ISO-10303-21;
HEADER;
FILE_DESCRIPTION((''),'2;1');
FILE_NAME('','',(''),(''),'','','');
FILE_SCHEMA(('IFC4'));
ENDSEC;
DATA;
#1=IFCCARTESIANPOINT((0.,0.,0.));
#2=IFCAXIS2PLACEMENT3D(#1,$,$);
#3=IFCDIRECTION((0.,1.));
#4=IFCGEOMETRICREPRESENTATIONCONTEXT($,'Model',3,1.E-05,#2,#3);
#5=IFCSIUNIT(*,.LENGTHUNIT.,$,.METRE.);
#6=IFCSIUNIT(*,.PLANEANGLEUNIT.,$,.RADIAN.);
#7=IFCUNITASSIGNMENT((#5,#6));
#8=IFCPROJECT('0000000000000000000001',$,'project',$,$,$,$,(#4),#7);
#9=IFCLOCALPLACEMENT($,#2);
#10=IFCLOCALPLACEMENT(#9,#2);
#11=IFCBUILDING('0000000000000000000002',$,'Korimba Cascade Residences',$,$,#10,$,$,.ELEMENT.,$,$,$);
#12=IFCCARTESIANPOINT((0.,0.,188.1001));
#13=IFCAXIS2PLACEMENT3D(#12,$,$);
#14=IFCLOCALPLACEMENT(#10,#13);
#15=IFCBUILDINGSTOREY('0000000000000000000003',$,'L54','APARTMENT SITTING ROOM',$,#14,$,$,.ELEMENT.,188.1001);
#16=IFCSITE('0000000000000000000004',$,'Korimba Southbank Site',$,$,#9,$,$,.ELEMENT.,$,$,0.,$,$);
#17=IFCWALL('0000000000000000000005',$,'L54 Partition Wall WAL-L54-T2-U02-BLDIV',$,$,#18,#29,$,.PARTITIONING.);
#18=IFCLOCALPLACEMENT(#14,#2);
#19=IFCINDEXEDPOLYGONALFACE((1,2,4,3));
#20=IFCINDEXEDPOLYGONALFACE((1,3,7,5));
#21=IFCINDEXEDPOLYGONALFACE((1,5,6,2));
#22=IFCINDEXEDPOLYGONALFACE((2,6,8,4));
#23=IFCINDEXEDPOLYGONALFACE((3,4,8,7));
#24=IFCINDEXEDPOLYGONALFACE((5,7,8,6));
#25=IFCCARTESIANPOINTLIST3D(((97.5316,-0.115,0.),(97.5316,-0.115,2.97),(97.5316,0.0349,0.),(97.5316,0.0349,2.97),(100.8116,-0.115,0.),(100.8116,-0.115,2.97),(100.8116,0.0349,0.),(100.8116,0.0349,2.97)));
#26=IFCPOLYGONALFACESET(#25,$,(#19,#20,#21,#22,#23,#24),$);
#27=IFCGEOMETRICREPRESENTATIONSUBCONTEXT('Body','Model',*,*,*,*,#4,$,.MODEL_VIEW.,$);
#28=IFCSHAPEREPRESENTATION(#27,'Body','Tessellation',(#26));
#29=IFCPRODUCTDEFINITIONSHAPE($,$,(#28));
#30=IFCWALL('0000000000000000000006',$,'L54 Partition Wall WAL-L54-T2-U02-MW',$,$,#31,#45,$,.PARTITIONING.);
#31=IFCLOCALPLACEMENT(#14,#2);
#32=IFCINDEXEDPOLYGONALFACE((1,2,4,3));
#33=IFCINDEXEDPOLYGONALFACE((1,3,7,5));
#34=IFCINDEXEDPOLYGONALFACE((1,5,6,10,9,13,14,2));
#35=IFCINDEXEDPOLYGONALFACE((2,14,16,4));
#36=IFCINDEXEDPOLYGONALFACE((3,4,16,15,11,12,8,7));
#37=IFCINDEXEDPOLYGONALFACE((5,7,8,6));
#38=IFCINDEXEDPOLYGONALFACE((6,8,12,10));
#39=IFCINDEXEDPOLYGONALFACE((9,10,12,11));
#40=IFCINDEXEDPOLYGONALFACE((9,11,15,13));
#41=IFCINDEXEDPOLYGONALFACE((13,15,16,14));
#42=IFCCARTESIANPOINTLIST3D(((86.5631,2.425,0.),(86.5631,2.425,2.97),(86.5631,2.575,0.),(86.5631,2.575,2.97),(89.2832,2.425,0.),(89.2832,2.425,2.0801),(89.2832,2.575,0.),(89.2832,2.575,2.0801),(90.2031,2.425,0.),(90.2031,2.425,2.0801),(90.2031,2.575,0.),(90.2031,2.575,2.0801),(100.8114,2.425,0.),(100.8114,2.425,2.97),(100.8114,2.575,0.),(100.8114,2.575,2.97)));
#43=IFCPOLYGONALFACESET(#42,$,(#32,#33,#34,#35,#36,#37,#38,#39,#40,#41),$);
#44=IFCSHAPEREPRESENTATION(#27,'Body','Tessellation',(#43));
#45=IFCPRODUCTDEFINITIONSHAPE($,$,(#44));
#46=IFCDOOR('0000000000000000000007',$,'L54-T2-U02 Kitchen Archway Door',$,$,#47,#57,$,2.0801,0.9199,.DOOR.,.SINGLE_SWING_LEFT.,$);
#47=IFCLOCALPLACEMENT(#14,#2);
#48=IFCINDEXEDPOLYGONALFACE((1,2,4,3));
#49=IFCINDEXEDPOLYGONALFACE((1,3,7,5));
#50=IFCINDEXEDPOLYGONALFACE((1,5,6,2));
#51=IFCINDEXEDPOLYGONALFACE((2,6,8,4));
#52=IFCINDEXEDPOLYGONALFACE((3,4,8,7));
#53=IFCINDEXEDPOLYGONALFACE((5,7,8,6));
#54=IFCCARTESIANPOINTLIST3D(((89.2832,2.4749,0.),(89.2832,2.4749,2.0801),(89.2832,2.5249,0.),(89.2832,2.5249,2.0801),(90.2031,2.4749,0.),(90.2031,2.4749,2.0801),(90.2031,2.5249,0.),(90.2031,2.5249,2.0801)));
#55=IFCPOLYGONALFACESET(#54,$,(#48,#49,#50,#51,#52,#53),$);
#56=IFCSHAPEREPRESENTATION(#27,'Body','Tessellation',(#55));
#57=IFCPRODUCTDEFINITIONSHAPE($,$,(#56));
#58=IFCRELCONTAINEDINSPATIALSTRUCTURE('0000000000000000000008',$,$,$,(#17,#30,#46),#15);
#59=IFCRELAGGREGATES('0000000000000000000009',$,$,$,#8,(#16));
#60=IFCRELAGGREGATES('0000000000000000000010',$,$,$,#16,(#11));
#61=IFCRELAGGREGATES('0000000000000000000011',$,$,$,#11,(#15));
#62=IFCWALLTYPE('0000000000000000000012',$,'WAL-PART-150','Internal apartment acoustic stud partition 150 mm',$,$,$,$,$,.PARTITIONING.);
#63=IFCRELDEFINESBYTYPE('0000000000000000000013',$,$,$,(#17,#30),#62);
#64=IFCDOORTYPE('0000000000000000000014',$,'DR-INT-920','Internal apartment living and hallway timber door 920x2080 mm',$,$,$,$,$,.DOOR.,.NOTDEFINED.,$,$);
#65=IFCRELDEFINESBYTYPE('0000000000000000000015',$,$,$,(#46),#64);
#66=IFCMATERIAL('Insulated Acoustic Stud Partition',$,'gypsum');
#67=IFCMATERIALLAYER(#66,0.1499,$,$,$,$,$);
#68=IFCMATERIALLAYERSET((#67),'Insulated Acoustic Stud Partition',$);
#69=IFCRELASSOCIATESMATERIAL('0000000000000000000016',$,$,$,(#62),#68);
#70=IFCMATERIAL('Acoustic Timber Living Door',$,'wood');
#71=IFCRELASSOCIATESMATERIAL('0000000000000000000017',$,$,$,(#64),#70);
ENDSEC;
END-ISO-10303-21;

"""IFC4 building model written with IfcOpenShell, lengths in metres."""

from ifc_helpers import new_model, si_unit, direction, frame, frame_2d, origin, place, context, subcontext, project, spatial, rectangle, extrude, material, layer, layer_set, type_object, element, fill, save


model = new_model("IFC4")

# Units and contexts
model_context = context("Model", 3, precision=1e-05, world=origin(), true_north=direction((0.0, 1.0)))
body_context = subcontext(model_context, "Body", "Model", "MODEL_VIEW")
ifc_project = project(units=[si_unit("LENGTHUNIT", "METRE"), si_unit("PLANEANGLEUNIT", "RADIAN")], contexts=[model_context])

# Site, building, storey
site_placement = place(None, origin())
site = spatial("IfcSite", under=ifc_project, at=site_placement, Name="Korimba Southbank Site", CompositionType="ELEMENT", RefElevation=0.0)
building_placement = place(site_placement, origin())
building = spatial("IfcBuilding", under=site, at=building_placement, Name="Korimba Cascade Residences", CompositionType="ELEMENT")
storey_placement = place(building_placement, frame((0.0, 0.0, 188.1001)))
storey = spatial("IfcBuildingStorey", under=building, at=storey_placement, Name="L54", Description="APARTMENT SITTING ROOM", CompositionType="ELEMENT", Elevation=188.1001)

# Shared definitions
ifc_material_1 = material(Name="Insulated Acoustic Stud Partition", Category="gypsum")
ifc_layer = layer(ifc_material_1, 0.1499)
ifc_layer_set = layer_set([ifc_layer], Name="Insulated Acoustic Stud Partition")
wall_type = type_object("IfcWallType", Name="WAL-PART-150", Description="Internal apartment acoustic stud partition 150 mm", PredefinedType="PARTITIONING", material=ifc_layer_set)

# Wall
wall_1_placement = place(storey_placement, frame((97.5315, -0.04, 0.0), z_axis=(0.0, 0.0, 1.0), x_axis=(1.0, 0.0, 0.0)))
element("IfcWall", 1, at=wall_1_placement, inside=storey, type_object=wall_type, Name="L54 Partition Wall WAL-L54-T2-U02-BLDIV", PredefinedType="PARTITIONING", context=body_context, shape_type="SweptSolid", body=[
    extrude(rectangle(XDim=3.28, YDim=0.1499, at=frame_2d((1.6401, 0.0))), origin(), (0.0, 0.0, 1.0), 2.97),
])

# Wall, opening, door
wall_2_placement = place(storey_placement, frame((86.5632, 2.5, 0.0), z_axis=(0.0, 0.0, 1.0), x_axis=(1.0, 0.0, 0.0)))
wall_2 = element("IfcWall", 2, at=wall_2_placement, inside=storey, type_object=wall_type, Name="L54 Partition Wall WAL-L54-T2-U02-MW", PredefinedType="PARTITIONING", context=body_context, shape_type="SweptSolid", body=[
    extrude(rectangle(XDim=14.2483, YDim=0.1499, at=frame_2d((7.124, 0.0))), origin(), (0.0, 0.0, 1.0), 2.97),
])
opening_1_placement = place(wall_2_placement, frame((2.72, 0.0, 0.0)))
opening_1 = element("IfcOpeningElement", 3, at=opening_1_placement, cuts=wall_2, PredefinedType="OPENING", context=body_context, shape_type="SweptSolid", body=[
    extrude(rectangle(XDim=0.9199, YDim=2.0801, at=frame_2d((0.46, 1.04))), frame((0.0, 0.085, 0.0), z_axis=(0.0, -1.0, 0.0), x_axis=(1.0, 0.0, 0.0)), (0.0, 0.0, 1.0), 0.1699),
])
ifc_material_2 = material(Name="Acoustic Timber Living Door", Category="wood")
door_type_1 = type_object("IfcDoorType", Name="DR-INT-920", Description="Internal apartment living and hallway timber door 920x2080 mm", OperationType="NOTDEFINED", PredefinedType="DOOR", material=ifc_material_2)
door_1_placement = place(opening_1_placement, origin())
door_1 = element("IfcDoor", 4, at=door_1_placement, inside=storey, type_object=door_type_1, Name="L54-T2-U02 Kitchen Archway Door", OperationType="SINGLE_SWING_LEFT", OverallHeight=2.0801, OverallWidth=0.9199, PredefinedType="DOOR", context=body_context, shape_type="SweptSolid", body=[
    extrude(rectangle(XDim=0.9199, YDim=2.0801, at=frame_2d((0.46, 1.04))), frame((0.0, 0.0249, 0.0), z_axis=(0.0, -1.0, 0.0), x_axis=(1.0, 0.0, 0.0)), (0.0, 0.0, 1.0), 0.05),
])
fill(opening_1, door_1)

save(model, "model.ifc")
